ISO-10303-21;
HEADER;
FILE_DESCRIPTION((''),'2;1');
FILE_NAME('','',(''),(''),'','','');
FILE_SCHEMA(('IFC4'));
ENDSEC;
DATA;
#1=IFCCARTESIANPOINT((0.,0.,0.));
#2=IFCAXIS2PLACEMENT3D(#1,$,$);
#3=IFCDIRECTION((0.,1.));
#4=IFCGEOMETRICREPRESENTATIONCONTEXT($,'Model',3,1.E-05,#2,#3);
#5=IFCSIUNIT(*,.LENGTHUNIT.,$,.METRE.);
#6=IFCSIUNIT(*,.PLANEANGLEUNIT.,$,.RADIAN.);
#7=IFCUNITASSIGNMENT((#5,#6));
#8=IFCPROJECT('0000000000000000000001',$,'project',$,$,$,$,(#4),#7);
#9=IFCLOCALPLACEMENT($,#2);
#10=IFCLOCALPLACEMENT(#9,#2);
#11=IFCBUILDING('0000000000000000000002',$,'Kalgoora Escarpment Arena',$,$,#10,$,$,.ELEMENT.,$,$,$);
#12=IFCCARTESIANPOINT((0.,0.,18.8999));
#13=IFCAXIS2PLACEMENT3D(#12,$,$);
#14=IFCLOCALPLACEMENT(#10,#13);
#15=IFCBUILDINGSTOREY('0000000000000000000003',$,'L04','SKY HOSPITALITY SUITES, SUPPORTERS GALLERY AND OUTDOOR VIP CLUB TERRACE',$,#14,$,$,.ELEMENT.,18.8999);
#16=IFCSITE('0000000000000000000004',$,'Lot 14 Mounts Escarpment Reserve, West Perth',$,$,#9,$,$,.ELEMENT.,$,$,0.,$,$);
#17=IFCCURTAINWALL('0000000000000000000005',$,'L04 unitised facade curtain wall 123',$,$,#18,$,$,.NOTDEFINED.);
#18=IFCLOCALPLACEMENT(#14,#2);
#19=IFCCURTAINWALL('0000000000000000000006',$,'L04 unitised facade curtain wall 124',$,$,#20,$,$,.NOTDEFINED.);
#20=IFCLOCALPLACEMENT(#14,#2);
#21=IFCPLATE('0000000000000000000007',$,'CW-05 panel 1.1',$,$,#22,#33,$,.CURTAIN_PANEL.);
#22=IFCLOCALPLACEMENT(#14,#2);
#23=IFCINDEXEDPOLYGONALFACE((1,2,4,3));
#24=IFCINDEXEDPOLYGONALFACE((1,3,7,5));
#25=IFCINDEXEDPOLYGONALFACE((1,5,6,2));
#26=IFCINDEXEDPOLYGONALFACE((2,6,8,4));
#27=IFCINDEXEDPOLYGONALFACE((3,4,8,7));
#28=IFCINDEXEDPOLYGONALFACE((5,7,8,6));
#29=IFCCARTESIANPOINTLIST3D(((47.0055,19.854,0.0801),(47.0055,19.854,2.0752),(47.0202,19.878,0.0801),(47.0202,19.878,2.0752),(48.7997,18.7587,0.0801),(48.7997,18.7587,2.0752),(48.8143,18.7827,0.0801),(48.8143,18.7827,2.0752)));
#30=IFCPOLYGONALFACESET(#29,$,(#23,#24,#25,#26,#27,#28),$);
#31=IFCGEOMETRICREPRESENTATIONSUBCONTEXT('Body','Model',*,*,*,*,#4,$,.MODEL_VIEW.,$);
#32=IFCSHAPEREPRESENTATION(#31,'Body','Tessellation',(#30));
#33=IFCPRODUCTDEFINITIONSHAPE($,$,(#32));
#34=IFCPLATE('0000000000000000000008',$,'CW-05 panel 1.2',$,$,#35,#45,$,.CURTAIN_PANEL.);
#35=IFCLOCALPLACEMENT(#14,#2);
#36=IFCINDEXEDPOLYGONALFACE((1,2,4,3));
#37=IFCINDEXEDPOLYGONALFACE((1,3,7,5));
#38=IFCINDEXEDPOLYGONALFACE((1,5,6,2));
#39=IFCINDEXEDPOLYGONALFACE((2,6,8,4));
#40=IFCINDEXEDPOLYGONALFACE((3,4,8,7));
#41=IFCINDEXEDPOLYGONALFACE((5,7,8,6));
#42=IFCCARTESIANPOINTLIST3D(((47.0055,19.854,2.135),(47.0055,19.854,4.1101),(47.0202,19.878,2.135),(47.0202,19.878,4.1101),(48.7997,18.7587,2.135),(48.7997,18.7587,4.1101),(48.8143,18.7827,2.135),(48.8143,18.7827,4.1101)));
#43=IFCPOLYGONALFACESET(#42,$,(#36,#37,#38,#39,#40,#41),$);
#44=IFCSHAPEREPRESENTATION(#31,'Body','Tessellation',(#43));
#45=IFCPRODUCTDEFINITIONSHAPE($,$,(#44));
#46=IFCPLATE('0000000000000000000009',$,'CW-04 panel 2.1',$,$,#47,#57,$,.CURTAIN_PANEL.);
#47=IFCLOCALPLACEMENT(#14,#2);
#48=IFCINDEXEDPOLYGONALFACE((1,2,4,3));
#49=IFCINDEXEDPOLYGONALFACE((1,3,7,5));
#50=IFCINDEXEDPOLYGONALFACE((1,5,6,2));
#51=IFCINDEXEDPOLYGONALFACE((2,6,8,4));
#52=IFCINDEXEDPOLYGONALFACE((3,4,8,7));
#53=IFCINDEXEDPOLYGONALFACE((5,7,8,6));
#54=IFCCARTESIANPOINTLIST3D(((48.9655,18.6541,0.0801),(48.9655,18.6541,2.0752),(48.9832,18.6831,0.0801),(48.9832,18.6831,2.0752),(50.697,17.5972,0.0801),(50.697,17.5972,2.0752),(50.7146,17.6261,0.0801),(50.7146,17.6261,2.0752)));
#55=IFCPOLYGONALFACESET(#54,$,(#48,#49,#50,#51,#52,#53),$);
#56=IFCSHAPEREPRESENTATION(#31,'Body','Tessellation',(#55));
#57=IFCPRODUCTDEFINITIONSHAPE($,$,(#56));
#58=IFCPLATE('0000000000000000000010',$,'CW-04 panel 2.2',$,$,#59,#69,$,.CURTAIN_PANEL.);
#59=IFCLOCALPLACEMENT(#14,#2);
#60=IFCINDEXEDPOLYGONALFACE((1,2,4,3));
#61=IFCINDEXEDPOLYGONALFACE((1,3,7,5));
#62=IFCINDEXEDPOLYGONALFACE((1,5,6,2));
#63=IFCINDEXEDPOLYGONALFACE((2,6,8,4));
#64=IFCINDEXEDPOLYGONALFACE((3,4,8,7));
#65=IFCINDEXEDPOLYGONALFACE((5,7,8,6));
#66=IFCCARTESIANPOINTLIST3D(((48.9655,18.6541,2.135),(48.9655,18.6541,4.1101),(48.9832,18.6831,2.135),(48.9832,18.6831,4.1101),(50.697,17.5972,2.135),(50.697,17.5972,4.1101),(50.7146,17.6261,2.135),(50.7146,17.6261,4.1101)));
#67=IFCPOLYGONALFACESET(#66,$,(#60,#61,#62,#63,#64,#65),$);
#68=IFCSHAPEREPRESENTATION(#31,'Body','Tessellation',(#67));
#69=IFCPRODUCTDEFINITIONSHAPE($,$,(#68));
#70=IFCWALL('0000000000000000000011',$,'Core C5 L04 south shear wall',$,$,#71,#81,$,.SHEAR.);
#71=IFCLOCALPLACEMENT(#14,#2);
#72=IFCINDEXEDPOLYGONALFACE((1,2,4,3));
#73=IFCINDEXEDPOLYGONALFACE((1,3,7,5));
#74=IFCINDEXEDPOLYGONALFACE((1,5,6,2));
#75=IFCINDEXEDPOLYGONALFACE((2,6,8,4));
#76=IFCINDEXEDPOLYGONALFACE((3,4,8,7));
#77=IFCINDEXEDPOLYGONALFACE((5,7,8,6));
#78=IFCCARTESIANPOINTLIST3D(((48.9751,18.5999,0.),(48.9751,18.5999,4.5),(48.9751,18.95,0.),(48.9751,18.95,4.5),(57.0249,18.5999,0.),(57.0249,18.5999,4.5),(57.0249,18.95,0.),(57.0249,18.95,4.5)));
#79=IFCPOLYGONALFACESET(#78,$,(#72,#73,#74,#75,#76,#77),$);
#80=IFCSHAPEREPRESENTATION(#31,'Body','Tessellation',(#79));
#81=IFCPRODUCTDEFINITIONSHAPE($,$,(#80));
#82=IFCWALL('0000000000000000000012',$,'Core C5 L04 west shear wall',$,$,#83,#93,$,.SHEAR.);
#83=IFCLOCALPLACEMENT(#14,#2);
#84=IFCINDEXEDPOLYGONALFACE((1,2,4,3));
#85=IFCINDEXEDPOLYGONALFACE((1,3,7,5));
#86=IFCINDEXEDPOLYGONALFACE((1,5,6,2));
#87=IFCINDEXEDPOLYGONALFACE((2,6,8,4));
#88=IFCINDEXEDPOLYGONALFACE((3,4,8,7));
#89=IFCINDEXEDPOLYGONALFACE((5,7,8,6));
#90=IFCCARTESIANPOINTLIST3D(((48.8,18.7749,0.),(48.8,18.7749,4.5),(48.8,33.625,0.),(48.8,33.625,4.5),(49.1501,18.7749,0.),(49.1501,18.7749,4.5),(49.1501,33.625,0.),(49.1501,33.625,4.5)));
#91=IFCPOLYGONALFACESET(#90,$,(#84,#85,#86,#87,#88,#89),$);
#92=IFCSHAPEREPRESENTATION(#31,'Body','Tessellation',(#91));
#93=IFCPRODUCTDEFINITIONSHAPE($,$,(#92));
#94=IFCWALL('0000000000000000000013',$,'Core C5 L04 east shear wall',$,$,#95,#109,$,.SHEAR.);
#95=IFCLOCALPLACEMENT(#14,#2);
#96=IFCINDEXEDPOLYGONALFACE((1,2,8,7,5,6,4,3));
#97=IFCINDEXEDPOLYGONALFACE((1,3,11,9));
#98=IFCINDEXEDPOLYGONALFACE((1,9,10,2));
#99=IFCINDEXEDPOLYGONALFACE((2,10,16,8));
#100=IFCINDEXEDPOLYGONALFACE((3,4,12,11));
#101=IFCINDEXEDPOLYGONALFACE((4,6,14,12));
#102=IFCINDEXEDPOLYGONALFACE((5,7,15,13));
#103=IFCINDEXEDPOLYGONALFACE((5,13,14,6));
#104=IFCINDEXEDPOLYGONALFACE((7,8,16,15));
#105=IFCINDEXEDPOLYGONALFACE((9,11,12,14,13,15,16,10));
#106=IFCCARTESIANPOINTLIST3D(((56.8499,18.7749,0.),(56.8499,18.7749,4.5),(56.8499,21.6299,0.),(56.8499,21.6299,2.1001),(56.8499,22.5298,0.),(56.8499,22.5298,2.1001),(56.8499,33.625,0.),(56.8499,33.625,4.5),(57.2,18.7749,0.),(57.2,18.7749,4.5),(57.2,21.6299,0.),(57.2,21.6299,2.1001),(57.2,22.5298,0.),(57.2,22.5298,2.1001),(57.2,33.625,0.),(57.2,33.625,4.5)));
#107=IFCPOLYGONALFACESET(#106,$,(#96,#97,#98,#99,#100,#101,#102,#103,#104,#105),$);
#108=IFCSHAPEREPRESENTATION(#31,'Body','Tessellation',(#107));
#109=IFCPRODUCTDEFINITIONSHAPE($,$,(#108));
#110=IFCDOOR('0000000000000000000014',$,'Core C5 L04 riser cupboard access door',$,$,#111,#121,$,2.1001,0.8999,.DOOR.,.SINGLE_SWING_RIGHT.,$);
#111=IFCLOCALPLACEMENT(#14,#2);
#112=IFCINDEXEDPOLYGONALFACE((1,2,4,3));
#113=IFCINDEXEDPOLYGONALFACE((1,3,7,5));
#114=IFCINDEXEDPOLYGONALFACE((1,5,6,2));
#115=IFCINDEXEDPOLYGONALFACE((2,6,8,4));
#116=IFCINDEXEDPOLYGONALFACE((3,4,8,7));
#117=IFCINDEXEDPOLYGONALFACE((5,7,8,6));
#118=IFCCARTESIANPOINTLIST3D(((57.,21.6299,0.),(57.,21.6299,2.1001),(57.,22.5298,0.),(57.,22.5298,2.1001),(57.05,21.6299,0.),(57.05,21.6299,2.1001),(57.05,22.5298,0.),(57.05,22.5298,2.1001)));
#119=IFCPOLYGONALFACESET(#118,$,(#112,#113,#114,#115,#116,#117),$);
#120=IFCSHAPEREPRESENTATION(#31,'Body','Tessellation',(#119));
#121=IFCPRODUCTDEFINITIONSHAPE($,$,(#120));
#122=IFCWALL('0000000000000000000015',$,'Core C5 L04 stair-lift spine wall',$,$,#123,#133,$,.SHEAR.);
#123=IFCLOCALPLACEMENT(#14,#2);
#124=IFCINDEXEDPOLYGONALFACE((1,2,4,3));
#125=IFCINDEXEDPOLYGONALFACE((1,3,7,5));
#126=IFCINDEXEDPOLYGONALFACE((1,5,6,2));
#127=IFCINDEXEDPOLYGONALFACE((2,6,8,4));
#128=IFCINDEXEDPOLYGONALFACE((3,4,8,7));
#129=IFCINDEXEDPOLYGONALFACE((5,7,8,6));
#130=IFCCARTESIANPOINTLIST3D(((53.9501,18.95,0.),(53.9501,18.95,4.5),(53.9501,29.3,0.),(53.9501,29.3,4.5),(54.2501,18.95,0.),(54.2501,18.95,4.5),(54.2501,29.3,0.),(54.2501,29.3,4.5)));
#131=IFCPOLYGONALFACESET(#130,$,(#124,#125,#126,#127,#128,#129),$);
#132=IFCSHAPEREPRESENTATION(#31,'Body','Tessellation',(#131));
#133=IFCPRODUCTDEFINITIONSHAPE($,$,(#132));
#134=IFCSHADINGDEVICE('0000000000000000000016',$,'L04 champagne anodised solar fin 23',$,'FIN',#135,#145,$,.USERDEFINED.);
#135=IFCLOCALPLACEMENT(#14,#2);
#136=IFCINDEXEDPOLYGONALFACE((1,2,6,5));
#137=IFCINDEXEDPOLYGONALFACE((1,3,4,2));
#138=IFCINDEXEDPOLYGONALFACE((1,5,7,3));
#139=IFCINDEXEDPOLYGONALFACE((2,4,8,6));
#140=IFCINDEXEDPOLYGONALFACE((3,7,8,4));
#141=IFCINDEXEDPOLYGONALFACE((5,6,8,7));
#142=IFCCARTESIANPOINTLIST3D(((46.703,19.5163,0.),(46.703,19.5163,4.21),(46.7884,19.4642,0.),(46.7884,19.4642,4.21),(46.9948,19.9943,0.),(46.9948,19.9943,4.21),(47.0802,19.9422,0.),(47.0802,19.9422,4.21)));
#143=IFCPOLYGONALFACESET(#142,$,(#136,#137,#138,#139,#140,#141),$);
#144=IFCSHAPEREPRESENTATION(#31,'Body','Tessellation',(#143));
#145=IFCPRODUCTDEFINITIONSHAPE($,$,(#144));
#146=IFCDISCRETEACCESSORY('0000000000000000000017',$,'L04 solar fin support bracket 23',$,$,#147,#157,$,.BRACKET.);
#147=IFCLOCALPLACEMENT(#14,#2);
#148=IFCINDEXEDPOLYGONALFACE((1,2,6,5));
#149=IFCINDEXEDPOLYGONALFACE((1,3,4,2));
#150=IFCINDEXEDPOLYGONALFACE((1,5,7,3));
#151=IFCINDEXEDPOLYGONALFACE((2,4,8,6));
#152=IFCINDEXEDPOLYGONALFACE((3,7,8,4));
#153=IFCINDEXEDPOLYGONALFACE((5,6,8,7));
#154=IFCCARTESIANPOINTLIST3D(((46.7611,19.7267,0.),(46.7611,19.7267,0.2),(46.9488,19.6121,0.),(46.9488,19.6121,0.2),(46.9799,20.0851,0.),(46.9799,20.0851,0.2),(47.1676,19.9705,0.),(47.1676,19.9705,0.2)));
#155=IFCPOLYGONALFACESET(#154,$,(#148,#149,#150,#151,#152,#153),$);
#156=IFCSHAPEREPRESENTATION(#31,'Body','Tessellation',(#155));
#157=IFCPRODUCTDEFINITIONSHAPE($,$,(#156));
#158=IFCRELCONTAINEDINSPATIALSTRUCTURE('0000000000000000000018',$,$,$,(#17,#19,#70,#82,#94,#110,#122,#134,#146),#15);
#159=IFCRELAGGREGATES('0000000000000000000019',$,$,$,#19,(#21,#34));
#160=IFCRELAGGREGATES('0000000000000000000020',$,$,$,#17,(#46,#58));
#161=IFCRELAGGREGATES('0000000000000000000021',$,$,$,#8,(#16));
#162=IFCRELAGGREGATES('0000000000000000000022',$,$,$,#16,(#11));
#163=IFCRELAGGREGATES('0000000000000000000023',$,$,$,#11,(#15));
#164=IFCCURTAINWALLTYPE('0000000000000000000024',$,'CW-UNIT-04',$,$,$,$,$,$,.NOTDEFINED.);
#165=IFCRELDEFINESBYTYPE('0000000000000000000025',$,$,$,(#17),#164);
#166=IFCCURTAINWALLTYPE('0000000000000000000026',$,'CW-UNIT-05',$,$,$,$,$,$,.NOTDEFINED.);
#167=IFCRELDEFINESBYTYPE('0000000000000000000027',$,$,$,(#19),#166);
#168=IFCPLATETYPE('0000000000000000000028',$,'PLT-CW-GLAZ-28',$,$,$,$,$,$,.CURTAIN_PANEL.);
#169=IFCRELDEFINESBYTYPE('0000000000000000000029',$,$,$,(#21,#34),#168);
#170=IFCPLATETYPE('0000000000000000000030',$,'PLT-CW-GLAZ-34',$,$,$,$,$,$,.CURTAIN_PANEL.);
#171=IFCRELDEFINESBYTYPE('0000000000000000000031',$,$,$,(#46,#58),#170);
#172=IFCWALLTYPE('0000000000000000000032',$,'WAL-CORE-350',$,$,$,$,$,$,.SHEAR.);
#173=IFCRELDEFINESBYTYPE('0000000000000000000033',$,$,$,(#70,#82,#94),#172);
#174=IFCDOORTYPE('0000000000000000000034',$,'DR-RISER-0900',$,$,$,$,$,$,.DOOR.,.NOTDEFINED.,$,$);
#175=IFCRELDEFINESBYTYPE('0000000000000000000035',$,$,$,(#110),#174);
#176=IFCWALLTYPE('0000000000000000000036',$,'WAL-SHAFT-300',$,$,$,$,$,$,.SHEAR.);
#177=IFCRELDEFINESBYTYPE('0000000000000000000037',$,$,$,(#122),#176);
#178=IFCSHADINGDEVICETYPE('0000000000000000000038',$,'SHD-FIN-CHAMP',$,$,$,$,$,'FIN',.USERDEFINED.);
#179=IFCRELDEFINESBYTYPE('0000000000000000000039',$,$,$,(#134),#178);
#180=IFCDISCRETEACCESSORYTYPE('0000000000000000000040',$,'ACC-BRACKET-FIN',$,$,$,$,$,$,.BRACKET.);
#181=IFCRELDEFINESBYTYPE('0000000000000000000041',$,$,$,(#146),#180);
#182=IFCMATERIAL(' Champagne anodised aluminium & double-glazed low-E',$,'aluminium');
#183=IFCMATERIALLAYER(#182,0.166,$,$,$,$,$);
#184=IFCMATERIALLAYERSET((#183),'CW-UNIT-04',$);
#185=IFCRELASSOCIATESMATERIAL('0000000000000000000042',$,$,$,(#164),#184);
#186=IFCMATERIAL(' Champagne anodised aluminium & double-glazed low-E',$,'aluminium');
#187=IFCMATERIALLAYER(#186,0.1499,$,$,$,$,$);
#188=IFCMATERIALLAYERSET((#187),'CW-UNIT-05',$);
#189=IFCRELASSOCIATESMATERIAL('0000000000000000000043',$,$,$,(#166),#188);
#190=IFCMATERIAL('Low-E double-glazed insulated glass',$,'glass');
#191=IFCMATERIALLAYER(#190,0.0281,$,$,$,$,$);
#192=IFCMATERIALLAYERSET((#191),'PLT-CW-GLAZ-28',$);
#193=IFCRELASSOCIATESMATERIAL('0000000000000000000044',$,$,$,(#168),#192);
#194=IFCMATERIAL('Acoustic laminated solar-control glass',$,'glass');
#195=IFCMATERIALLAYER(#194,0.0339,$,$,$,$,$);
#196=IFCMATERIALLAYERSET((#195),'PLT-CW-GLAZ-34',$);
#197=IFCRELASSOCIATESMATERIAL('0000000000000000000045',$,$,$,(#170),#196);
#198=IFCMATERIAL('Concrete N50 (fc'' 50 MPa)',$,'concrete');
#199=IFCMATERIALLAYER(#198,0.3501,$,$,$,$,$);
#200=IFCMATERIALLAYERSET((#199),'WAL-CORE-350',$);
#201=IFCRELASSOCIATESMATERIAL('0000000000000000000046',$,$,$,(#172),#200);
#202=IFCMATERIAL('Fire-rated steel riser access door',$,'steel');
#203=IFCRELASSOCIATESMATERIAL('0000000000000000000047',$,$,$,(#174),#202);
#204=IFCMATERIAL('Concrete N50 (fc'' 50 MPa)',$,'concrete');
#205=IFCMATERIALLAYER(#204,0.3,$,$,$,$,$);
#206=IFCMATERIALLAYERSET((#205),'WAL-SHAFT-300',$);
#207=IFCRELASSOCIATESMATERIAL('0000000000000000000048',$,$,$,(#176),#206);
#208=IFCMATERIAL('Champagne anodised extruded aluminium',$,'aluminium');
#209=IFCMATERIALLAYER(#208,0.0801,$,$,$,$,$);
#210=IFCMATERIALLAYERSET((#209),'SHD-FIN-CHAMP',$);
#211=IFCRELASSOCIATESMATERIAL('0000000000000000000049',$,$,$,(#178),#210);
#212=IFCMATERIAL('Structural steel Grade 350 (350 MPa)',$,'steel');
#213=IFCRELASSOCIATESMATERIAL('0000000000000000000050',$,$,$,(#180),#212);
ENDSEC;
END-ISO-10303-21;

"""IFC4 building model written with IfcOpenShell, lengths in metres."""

from ifc_helpers import new_model, si_unit, direction, frame, frame_2d, origin, origin_2d, place, context, subcontext, project, spatial, rectangle, extrude, material, layer, layer_set, type_object, element, fill, aggregate, save


model = new_model("IFC4")

# Units and contexts
model_context = context("Model", 3, precision=1e-05, world=origin(), true_north=direction((0.0, 1.0)))
body_context = subcontext(model_context, "Body", "Model", "MODEL_VIEW")
ifc_project = project(units=[si_unit("LENGTHUNIT", "METRE"), si_unit("PLANEANGLEUNIT", "RADIAN")], contexts=[model_context])

# Site, building, storey
site_placement = place(None, origin())
site = spatial("IfcSite", under=ifc_project, at=site_placement, Name="Lot 14 Mounts Escarpment Reserve, West Perth", CompositionType="ELEMENT", RefElevation=0.0)
building_placement = place(site_placement, origin())
building = spatial("IfcBuilding", under=site, at=building_placement, Name="Kalgoora Escarpment Arena", CompositionType="ELEMENT")
storey_placement = place(building_placement, frame((0.0, 0.0, 18.8999)))
storey = spatial("IfcBuildingStorey", under=building, at=storey_placement, Name="L04", Description="SKY HOSPITALITY SUITES, SUPPORTERS GALLERY AND OUTDOOR VIP CLUB TERRACE", CompositionType="ELEMENT", Elevation=18.8999)

# Curtain wall
ifc_material_1 = material(Name=" Champagne anodised aluminium & double-glazed low-E", Category="aluminium")
ifc_layer_1 = layer(ifc_material_1, 0.166)
ifc_layer_set_1 = layer_set([ifc_layer_1], Name="CW-UNIT-04")
curtain_wall_type_1 = type_object("IfcCurtainWallType", Name="CW-UNIT-04", PredefinedType="NOTDEFINED", material=ifc_layer_set_1)
curtain_wall_1_placement = place(storey_placement, origin())
curtain_wall_1 = element("IfcCurtainWall", 1, at=curtain_wall_1_placement, inside=storey, type_object=curtain_wall_type_1, Name="L04 unitised facade curtain wall 123", PredefinedType="NOTDEFINED")

# Curtain wall
ifc_material_2 = material(Name=" Champagne anodised aluminium & double-glazed low-E", Category="aluminium")
ifc_layer_2 = layer(ifc_material_2, 0.1499)
ifc_layer_set_2 = layer_set([ifc_layer_2], Name="CW-UNIT-05")
curtain_wall_type_2 = type_object("IfcCurtainWallType", Name="CW-UNIT-05", PredefinedType="NOTDEFINED", material=ifc_layer_set_2)
curtain_wall_2_placement = place(storey_placement, origin())
curtain_wall_2 = element("IfcCurtainWall", 2, at=curtain_wall_2_placement, inside=storey, type_object=curtain_wall_type_2, Name="L04 unitised facade curtain wall 124", PredefinedType="NOTDEFINED")

# Plates
ifc_material_3 = material(Name="Low-E double-glazed insulated glass", Category="glass")
ifc_layer_3 = layer(ifc_material_3, 0.0281)
ifc_layer_set_3 = layer_set([ifc_layer_3], Name="PLT-CW-GLAZ-28")
plate_type_1 = type_object("IfcPlateType", Name="PLT-CW-GLAZ-28", PredefinedType="CURTAIN_PANEL", material=ifc_layer_set_3)
plate_1_placement = place(storey_placement, frame((47.9099, 19.3184, 0.0801), z_axis=(0.0, 0.0, 1.0), x_axis=(-0.853516, 0.521067, 0.0)))
plate_1 = element("IfcPlate", 3, at=plate_1_placement, type_object=plate_type_1, Name="CW-05 panel 1.1", PredefinedType="CURTAIN_PANEL", context=body_context, shape_type="SweptSolid", body=[
    extrude(rectangle(XDim=2.1021, YDim=0.0281, at=origin_2d()), origin(), (0.0, 0.0, 1.0), 1.9951),
])
plate_2_placement = place(storey_placement, frame((47.9099, 19.3184, 2.135), z_axis=(0.0, 0.0, 1.0), x_axis=(-0.853516, 0.521067, 0.0)))
plate_2 = element("IfcPlate", 4, at=plate_2_placement, type_object=plate_type_1, Name="CW-05 panel 1.2", PredefinedType="CURTAIN_PANEL", context=body_context, shape_type="SweptSolid", body=[
    extrude(rectangle(XDim=2.1021, YDim=0.0281, at=origin_2d()), origin(), (0.0, 0.0, 1.0), 1.9751),
])
aggregate(curtain_wall_2, [plate_1, plate_2])
ifc_material_4 = material(Name="Acoustic laminated solar-control glass", Category="glass")
ifc_layer_4 = layer(ifc_material_4, 0.0339)
ifc_layer_set_4 = layer_set([ifc_layer_4], Name="PLT-CW-GLAZ-34")
plate_type_2 = type_object("IfcPlateType", Name="PLT-CW-GLAZ-34", PredefinedType="CURTAIN_PANEL", material=ifc_layer_set_4)
plate_3_placement = place(storey_placement, frame((49.8401, 18.1401, 0.0801), z_axis=(0.0, 0.0, 1.0), x_axis=(-0.853527, 0.521049, 0.0)))
plate_3 = element("IfcPlate", 5, at=plate_3_placement, type_object=plate_type_2, Name="CW-04 panel 2.1", PredefinedType="CURTAIN_PANEL", context=body_context, shape_type="SweptSolid", body=[
    extrude(rectangle(XDim=2.0286, YDim=0.0339, at=origin_2d()), origin(), (0.0, 0.0, 1.0), 1.9951),
])
plate_4_placement = place(storey_placement, frame((49.8401, 18.1401, 2.135), z_axis=(0.0, 0.0, 1.0), x_axis=(-0.853527, 0.521049, 0.0)))
plate_4 = element("IfcPlate", 6, at=plate_4_placement, type_object=plate_type_2, Name="CW-04 panel 2.2", PredefinedType="CURTAIN_PANEL", context=body_context, shape_type="SweptSolid", body=[
    extrude(rectangle(XDim=2.0286, YDim=0.0339, at=origin_2d()), origin(), (0.0, 0.0, 1.0), 1.9751),
])
aggregate(curtain_wall_1, [plate_3, plate_4])

# Walls
ifc_material_5 = material(Name="Concrete N50 (fc' 50 MPa)", Category="concrete")
ifc_layer_5 = layer(ifc_material_5, 0.3501)
ifc_layer_set_5 = layer_set([ifc_layer_5], Name="WAL-CORE-350")
wall_type_1 = type_object("IfcWallType", Name="WAL-CORE-350", PredefinedType="SHEAR", material=ifc_layer_set_5)
wall_1_placement = place(storey_placement, frame((48.9751, 18.7749, 0.0), z_axis=(0.0, 0.0, 1.0), x_axis=(1.0, 0.0, 0.0)))
element("IfcWall", 7, at=wall_1_placement, inside=storey, type_object=wall_type_1, Name="Core C5 L04 south shear wall", PredefinedType="SHEAR", context=body_context, shape_type="SweptSolid", body=[
    extrude(rectangle(XDim=8.0498, YDim=0.3501, at=frame_2d((4.0249, 0.0))), origin(), (0.0, 0.0, 1.0), 4.5),
])
wall_2_placement = place(storey_placement, frame((48.9751, 18.7749, 0.0), z_axis=(0.0, 0.0, 1.0), x_axis=(0.0, 1.0, 0.0)))
element("IfcWall", 8, at=wall_2_placement, inside=storey, type_object=wall_type_1, Name="Core C5 L04 west shear wall", PredefinedType="SHEAR", context=body_context, shape_type="SweptSolid", body=[
    extrude(rectangle(XDim=14.8501, YDim=0.3501, at=frame_2d((7.425, 0.0))), origin(), (0.0, 0.0, 1.0), 4.5),
])

# Wall, opening, door
wall_3_placement = place(storey_placement, frame((57.0249, 18.7749, 0.0), z_axis=(0.0, 0.0, 1.0), x_axis=(0.0, 1.0, 0.0)))
wall_3 = element("IfcWall", 9, at=wall_3_placement, inside=storey, type_object=wall_type_1, Name="Core C5 L04 east shear wall", PredefinedType="SHEAR", context=body_context, shape_type="SweptSolid", body=[
    extrude(rectangle(XDim=14.8501, YDim=0.3501, at=frame_2d((7.425, 0.0))), origin(), (0.0, 0.0, 1.0), 4.5),
])
opening_placement = place(wall_3_placement, frame((2.855, 0.0, 0.0)))
opening = element("IfcOpeningElement", 10, at=opening_placement, cuts=wall_3, PredefinedType="OPENING", context=body_context, shape_type="SweptSolid", body=[
    extrude(rectangle(XDim=0.8999, YDim=2.1001, at=frame_2d((0.45, 1.05))), frame((0.0, 0.1851, 0.0), z_axis=(0.0, -1.0, 0.0), x_axis=(1.0, 0.0, 0.0)), (0.0, 0.0, 1.0), 0.3701),
])
ifc_material_6 = material(Name="Fire-rated steel riser access door", Category="steel")
door_type = type_object("IfcDoorType", Name="DR-RISER-0900", OperationType="NOTDEFINED", PredefinedType="DOOR", material=ifc_material_6)
door_placement = place(opening_placement, origin())
door = element("IfcDoor", 11, at=door_placement, inside=storey, type_object=door_type, Name="Core C5 L04 riser cupboard access door", OperationType="SINGLE_SWING_RIGHT", OverallHeight=2.1001, OverallWidth=0.8999, PredefinedType="DOOR", context=body_context, shape_type="SweptSolid", body=[
    extrude(rectangle(XDim=0.8999, YDim=2.1001, at=frame_2d((0.45, 1.05))), frame((0.0, 0.0249, 0.0), z_axis=(0.0, -1.0, 0.0), x_axis=(1.0, 0.0, 0.0)), (0.0, 0.0, 1.0), 0.05),
])
fill(opening, door)

# Wall
ifc_material_7 = material(Name="Concrete N50 (fc' 50 MPa)", Category="concrete")
ifc_layer_6 = layer(ifc_material_7, 0.3)
ifc_layer_set_6 = layer_set([ifc_layer_6], Name="WAL-SHAFT-300")
wall_type_2 = type_object("IfcWallType", Name="WAL-SHAFT-300", PredefinedType="SHEAR", material=ifc_layer_set_6)
wall_4_placement = place(storey_placement, frame((54.1001, 18.95, 0.0), z_axis=(0.0, 0.0, 1.0), x_axis=(0.0, 1.0, 0.0)))
element("IfcWall", 12, at=wall_4_placement, inside=storey, type_object=wall_type_2, Name="Core C5 L04 stair-lift spine wall", PredefinedType="SHEAR", context=body_context, shape_type="SweptSolid", body=[
    extrude(rectangle(XDim=10.3501, YDim=0.3, at=frame_2d((5.175, 0.0))), origin(), (0.0, 0.0, 1.0), 4.5),
])

# Shading device
ifc_material_8 = material(Name="Champagne anodised extruded aluminium", Category="aluminium")
ifc_layer_7 = layer(ifc_material_8, 0.0801)
ifc_layer_set_7 = layer_set([ifc_layer_7], Name="SHD-FIN-CHAMP")
shading_device_type = type_object("IfcShadingDeviceType", Name="SHD-FIN-CHAMP", ElementType="FIN", PredefinedType="USERDEFINED", material=ifc_layer_set_7)
shading_device_placement = place(storey_placement, frame((46.8916, 19.7292, 0.0), z_axis=(0.0, 0.0, 1.0), x_axis=(-0.52101, -0.853551, 0.0)))
element("IfcShadingDevice", 13, at=shading_device_placement, inside=storey, type_object=shading_device_type, Name="L04 champagne anodised solar fin 23", ObjectType="FIN", PredefinedType="USERDEFINED", context=body_context, shape_type="SweptSolid", body=[
    extrude(rectangle(XDim=0.5601, YDim=0.1001, at=origin_2d()), origin(), (0.0, 0.0, 1.0), 4.21),
])

# Discrete accessory
ifc_material_9 = material(Name="Structural steel Grade 350 (350 MPa)", Category="steel")
discrete_accessory_type = type_object("IfcDiscreteAccessoryType", Name="ACC-BRACKET-FIN", PredefinedType="BRACKET", material=ifc_material_9)
discrete_accessory_placement = place(storey_placement, frame((46.9644, 19.8486, 0.0), z_axis=(0.0, 0.0, 1.0), x_axis=(-0.52101, -0.853551, 0.0)))
element("IfcDiscreteAccessory", 14, at=discrete_accessory_placement, inside=storey, type_object=discrete_accessory_type, Name="L04 solar fin support bracket 23", PredefinedType="BRACKET", context=body_context, shape_type="SweptSolid", body=[
    extrude(rectangle(XDim=0.4199, YDim=0.22, at=origin_2d()), origin(), (0.0, 0.0, 1.0), 0.2),
])

save(model, "model.ifc")
